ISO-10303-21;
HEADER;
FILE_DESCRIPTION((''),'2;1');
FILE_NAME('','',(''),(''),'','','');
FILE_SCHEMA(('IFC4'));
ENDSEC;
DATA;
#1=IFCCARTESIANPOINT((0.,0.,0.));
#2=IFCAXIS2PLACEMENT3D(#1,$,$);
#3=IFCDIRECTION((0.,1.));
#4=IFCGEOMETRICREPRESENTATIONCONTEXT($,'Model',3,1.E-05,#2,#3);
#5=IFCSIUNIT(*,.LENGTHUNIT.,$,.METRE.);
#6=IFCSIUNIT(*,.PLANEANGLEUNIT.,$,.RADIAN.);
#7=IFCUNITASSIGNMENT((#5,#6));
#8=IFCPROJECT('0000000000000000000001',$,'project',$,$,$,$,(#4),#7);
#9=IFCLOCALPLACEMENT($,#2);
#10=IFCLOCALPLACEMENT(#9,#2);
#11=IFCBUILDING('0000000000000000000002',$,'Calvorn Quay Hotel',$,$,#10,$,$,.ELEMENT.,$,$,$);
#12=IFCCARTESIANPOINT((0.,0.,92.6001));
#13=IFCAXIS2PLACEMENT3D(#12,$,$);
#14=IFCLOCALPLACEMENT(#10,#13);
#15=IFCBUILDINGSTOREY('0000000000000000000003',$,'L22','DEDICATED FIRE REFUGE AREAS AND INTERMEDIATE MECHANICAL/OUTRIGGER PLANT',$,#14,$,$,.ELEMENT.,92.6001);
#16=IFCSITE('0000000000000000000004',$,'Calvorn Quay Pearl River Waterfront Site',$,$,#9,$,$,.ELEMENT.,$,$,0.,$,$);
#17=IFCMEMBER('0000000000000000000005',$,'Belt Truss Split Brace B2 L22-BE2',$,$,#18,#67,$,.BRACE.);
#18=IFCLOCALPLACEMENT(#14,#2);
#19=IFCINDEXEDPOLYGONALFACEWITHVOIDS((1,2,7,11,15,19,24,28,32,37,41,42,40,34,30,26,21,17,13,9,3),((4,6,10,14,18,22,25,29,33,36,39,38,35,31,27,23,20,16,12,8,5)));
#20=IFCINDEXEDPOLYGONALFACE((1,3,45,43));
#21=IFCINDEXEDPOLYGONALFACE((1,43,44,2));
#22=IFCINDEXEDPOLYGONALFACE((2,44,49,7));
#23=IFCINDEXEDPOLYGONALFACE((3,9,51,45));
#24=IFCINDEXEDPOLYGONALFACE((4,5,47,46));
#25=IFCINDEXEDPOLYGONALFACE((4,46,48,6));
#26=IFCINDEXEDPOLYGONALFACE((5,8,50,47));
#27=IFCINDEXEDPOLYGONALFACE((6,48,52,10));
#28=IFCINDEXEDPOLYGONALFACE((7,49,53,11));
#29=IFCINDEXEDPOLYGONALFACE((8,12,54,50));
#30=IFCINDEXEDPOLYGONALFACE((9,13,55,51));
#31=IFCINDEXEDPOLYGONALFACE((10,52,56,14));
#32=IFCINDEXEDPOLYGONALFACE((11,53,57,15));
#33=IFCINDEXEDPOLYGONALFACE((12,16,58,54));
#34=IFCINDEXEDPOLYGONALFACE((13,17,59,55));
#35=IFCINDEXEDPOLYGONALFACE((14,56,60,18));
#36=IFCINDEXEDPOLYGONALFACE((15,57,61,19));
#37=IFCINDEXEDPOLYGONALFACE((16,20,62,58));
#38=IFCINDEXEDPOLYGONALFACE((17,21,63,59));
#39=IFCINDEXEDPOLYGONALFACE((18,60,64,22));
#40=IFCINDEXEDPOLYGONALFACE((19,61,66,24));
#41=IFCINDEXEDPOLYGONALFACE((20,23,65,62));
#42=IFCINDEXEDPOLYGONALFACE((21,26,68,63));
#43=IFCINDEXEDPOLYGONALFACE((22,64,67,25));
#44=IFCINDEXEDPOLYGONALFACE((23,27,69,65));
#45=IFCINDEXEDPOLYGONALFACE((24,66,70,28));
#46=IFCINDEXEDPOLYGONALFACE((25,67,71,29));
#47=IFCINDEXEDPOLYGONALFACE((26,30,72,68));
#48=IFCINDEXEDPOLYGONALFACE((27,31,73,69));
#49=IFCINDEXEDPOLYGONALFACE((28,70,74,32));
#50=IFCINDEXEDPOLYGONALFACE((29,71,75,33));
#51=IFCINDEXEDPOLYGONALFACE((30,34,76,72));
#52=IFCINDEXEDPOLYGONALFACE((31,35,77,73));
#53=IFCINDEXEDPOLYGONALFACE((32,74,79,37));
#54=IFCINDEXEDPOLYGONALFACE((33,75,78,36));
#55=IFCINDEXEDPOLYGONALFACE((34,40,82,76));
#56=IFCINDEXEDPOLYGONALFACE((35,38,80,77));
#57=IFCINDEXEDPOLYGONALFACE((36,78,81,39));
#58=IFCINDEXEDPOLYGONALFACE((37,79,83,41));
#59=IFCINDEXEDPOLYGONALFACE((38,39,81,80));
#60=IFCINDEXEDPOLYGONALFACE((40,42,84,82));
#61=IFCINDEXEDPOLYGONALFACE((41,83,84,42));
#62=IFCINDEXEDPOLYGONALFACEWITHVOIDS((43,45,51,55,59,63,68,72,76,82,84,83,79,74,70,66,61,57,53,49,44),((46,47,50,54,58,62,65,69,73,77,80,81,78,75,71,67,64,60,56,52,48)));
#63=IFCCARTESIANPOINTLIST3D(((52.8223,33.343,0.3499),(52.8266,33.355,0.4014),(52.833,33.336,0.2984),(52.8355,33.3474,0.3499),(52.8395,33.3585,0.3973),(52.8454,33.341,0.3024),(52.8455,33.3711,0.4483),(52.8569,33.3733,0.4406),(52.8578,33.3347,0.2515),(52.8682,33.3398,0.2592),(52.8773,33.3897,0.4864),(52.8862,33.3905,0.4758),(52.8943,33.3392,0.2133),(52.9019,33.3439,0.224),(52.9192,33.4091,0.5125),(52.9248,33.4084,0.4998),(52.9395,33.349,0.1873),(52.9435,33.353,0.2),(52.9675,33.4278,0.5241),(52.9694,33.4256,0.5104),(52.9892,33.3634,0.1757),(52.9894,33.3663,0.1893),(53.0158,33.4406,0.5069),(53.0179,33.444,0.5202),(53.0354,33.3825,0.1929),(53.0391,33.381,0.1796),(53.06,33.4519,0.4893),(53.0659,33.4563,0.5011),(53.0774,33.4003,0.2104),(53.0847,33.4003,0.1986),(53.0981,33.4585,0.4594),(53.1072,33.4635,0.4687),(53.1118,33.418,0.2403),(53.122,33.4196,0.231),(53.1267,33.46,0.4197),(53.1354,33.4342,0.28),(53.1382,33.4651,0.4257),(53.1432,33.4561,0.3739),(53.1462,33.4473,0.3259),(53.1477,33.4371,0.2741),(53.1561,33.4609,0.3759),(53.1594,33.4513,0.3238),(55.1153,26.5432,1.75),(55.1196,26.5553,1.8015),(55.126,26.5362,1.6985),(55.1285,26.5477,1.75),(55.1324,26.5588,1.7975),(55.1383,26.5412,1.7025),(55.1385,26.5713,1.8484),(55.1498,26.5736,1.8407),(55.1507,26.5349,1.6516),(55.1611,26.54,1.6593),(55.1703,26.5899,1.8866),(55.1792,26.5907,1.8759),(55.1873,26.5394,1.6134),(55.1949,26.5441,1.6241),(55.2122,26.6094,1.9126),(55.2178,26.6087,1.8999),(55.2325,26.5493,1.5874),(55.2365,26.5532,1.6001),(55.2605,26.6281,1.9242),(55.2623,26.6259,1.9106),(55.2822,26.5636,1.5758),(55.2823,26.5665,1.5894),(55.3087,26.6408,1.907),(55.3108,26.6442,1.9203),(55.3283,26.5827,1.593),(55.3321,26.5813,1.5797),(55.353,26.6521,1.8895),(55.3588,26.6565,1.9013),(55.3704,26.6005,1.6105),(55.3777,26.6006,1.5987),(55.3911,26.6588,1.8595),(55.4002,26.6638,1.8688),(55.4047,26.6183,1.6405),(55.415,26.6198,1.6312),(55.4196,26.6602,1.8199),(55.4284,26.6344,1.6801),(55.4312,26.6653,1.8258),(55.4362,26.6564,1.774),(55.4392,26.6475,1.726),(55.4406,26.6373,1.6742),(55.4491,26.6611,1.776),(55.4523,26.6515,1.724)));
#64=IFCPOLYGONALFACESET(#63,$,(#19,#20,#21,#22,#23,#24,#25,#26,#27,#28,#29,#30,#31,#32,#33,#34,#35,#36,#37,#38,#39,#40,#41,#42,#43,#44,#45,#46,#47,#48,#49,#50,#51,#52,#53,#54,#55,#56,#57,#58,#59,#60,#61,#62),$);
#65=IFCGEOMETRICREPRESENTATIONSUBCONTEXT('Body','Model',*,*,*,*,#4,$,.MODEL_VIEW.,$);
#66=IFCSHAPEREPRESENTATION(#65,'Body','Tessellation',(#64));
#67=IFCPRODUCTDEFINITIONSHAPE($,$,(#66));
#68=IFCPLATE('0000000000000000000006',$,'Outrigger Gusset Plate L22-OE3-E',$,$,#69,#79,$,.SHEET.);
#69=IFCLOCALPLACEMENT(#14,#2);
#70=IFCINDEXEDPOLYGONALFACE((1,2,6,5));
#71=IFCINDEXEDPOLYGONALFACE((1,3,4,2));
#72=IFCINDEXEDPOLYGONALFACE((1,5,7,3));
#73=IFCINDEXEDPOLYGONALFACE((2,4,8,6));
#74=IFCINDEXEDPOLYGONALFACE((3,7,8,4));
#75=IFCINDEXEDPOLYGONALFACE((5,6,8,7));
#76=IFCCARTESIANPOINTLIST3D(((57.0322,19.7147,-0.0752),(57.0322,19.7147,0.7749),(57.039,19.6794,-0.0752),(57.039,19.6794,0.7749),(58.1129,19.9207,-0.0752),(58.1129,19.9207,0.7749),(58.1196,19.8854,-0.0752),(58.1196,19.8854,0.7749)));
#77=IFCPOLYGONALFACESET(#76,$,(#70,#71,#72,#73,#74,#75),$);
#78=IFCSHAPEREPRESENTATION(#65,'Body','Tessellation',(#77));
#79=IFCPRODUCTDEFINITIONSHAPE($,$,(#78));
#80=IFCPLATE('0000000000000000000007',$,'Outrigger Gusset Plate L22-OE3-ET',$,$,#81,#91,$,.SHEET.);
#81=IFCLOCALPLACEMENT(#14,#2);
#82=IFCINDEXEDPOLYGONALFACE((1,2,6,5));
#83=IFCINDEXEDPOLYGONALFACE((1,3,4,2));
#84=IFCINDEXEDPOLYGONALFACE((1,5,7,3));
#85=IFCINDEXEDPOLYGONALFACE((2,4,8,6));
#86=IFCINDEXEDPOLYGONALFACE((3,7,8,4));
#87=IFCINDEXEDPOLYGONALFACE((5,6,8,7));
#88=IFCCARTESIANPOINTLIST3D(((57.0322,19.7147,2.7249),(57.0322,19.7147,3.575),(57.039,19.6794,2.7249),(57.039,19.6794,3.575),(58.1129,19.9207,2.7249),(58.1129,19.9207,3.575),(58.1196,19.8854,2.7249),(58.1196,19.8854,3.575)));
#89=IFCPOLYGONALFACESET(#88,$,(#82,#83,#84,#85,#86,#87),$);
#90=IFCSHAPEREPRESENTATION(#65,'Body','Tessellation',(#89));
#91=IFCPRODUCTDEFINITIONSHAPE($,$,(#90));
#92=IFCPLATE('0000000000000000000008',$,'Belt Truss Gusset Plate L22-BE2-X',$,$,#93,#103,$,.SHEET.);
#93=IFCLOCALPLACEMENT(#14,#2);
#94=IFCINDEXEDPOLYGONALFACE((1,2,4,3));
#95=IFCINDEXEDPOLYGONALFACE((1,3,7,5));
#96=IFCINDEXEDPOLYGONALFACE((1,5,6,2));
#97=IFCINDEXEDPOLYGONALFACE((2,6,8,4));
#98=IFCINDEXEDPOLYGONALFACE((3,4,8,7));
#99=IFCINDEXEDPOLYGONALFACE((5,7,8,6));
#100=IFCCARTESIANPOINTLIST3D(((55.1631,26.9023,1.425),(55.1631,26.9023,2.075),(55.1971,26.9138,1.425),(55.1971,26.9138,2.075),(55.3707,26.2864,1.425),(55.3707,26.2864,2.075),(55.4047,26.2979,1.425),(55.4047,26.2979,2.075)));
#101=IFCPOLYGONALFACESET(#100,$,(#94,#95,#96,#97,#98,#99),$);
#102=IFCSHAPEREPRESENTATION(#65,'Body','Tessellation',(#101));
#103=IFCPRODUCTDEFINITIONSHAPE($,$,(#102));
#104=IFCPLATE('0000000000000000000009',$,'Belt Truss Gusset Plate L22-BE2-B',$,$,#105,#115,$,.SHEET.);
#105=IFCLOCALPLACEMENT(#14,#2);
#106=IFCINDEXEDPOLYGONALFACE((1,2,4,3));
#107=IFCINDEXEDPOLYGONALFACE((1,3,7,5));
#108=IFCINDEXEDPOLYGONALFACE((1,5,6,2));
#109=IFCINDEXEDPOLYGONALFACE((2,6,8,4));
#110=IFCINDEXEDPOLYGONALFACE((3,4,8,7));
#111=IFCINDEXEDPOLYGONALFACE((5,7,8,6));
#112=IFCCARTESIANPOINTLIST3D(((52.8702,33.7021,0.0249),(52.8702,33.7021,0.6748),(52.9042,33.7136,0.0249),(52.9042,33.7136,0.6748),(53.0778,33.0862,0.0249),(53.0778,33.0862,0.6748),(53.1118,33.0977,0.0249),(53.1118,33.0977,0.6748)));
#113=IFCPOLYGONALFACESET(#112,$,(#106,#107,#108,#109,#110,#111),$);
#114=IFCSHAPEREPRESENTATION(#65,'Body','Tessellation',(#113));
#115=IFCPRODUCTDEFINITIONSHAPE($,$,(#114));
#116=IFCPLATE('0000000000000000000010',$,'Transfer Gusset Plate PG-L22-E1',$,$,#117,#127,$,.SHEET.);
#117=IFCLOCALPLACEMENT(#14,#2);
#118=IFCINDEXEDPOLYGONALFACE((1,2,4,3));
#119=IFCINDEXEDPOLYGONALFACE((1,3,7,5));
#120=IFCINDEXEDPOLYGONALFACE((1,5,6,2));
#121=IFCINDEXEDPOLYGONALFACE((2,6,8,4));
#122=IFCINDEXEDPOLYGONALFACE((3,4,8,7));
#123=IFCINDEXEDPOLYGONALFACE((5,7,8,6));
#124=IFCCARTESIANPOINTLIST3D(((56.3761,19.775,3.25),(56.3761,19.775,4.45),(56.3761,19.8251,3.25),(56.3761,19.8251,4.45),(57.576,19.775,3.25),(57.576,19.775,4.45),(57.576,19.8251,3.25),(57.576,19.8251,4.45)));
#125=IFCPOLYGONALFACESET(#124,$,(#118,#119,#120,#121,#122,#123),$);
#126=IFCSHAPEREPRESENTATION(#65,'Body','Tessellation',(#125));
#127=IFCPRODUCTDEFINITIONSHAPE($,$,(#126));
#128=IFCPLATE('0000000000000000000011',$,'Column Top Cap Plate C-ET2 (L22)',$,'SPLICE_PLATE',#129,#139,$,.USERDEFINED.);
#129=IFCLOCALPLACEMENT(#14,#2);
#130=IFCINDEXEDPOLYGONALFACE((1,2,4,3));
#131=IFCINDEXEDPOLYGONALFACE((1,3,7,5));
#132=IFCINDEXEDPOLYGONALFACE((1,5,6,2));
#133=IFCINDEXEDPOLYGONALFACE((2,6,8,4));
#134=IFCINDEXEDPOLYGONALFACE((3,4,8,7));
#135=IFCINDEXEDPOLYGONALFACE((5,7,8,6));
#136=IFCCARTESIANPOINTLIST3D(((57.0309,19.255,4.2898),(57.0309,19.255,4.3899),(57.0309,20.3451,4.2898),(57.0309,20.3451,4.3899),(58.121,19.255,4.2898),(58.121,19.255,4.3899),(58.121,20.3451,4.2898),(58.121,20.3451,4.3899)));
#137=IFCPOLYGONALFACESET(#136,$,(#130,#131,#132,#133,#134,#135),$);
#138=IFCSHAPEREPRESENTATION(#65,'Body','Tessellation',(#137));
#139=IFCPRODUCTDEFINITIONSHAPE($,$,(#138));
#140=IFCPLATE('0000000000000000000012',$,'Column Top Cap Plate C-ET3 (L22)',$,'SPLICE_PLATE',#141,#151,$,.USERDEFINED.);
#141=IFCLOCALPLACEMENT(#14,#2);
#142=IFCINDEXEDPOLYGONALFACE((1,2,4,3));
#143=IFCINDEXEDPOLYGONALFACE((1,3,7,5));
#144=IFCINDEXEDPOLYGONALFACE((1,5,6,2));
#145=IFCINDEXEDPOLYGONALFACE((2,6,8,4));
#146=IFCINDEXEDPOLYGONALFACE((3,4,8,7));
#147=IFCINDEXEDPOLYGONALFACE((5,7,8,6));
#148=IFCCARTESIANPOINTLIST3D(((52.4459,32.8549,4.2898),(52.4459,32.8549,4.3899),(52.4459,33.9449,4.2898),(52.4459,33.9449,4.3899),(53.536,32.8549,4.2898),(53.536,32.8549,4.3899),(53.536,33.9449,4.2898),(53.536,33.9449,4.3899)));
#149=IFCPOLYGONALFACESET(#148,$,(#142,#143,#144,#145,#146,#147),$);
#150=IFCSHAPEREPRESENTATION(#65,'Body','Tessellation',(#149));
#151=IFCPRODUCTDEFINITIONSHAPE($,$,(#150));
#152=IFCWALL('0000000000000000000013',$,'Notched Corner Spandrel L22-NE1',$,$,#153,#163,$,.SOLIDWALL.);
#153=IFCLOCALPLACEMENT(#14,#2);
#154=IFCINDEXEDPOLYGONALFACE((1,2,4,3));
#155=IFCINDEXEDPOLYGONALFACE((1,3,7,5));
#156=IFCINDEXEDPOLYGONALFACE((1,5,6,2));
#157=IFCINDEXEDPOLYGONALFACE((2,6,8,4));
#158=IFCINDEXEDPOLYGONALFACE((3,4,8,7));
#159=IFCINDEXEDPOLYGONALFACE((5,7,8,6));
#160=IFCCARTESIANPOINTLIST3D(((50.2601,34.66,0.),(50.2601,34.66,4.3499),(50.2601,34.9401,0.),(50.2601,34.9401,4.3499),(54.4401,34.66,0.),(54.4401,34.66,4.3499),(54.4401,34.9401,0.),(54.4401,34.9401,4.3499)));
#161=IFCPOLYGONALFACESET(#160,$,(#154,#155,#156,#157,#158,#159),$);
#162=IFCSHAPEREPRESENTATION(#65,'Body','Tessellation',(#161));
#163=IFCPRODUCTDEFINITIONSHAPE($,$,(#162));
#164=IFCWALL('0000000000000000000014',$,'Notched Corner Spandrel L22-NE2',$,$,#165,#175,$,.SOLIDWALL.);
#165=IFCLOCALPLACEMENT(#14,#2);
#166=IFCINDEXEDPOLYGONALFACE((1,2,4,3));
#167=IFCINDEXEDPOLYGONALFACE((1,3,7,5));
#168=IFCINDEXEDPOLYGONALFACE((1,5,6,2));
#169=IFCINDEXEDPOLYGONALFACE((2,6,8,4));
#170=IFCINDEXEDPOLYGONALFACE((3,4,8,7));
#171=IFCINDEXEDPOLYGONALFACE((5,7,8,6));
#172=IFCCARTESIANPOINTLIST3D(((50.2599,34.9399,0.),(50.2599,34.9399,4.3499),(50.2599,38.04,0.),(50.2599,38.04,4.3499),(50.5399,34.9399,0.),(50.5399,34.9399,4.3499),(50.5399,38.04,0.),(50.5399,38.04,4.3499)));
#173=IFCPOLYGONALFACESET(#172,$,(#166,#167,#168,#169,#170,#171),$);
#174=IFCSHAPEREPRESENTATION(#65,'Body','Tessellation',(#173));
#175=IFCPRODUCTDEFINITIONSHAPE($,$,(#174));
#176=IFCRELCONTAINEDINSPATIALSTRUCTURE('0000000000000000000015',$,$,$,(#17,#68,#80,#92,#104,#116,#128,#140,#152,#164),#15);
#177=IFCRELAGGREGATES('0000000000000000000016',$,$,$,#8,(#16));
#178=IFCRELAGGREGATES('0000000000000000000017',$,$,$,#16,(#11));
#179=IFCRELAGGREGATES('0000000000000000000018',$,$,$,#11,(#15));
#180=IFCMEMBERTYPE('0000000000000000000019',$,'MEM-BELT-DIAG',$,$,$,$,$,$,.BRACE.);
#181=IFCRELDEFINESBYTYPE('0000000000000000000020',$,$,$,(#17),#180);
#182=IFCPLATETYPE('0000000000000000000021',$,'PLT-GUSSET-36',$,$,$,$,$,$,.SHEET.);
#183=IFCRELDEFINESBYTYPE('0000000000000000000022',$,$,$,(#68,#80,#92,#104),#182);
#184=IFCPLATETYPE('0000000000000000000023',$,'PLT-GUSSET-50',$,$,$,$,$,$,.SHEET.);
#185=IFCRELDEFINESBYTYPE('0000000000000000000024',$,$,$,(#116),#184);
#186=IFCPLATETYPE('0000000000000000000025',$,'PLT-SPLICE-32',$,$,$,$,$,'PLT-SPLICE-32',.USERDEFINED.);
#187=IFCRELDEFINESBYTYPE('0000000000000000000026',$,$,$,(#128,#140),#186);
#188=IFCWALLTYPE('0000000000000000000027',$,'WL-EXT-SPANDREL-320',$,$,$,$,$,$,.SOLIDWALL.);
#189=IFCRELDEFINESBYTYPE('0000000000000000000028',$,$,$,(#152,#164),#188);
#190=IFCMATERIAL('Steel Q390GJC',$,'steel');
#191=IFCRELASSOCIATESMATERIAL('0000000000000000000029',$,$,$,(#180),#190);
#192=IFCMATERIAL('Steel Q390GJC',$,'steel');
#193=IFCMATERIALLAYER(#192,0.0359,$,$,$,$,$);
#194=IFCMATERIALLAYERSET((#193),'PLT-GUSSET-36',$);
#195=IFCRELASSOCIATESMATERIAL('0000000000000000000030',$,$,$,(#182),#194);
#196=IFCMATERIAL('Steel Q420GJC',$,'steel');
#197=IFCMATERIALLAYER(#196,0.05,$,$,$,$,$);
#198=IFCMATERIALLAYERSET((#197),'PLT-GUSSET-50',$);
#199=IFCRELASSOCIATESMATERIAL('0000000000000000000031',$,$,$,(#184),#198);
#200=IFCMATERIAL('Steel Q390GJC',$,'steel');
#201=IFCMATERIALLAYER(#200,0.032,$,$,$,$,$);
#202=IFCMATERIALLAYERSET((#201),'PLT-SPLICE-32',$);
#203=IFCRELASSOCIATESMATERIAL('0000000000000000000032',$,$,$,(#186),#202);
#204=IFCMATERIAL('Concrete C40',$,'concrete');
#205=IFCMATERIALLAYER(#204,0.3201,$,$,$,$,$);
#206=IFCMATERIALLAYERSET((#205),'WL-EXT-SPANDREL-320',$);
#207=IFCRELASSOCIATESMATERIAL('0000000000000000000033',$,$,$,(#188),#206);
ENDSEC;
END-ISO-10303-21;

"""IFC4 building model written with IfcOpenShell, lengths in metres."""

from ifc_helpers import new_model, si_unit, direction, frame, frame_2d, origin, origin_2d, place, context, subcontext, project, spatial, rectangle, hollow_circle, extrude, material, layer, layer_set, material_profile, profile_set, type_object, element, save


model = new_model("IFC4")

# Units and contexts
model_context = context("Model", 3, precision=1e-05, world=origin(), true_north=direction((0.0, 1.0)))
body_context = subcontext(model_context, "Body", "Model", "MODEL_VIEW")
ifc_project = project(units=[si_unit("LENGTHUNIT", "METRE"), si_unit("PLANEANGLEUNIT", "RADIAN")], contexts=[model_context])

# Site, building, storey
site_placement = place(None, origin())
site = spatial("IfcSite", under=ifc_project, at=site_placement, Name="Calvorn Quay Pearl River Waterfront Site", CompositionType="ELEMENT", RefElevation=0.0)
building_placement = place(site_placement, origin())
building = spatial("IfcBuilding", under=site, at=building_placement, Name="Calvorn Quay Hotel", CompositionType="ELEMENT")
storey_placement = place(building_placement, frame((0.0, 0.0, 92.6001)))
storey = spatial("IfcBuildingStorey", under=building, at=storey_placement, Name="L22", Description="DEDICATED FIRE REFUGE AREAS AND INTERMEDIATE MECHANICAL/OUTRIGGER PLANT", CompositionType="ELEMENT", Elevation=92.6001)

# Member
ifc_material_1 = material(Name="Steel Q390GJC", Category="steel")
ifc_material_profile_1 = material_profile(ifc_material_1, hollow_circle(Radius=0.178, WallThickness=0.0139, at=origin_2d()), Name="CHS356x14")
ifc_profile_set_1 = profile_set([ifc_material_profile_1], Name="Steel Q390GJC")
member_type_1 = type_object("IfcMemberType", Name="MEM-BELT-DIAG", PredefinedType="BRACE", material=ifc_profile_set_1)
for number, where, z_axis, x_axis, name in (
    (1, (55.2839, 26.6001, 1.75), (-0.313619, 0.930037, -0.191504), (-0.947575, -0.319533, 0.0), "Belt Truss Split Brace B2 L22-BE2"),
):
    element("IfcMember", number, at=place(storey_placement, frame(where, z_axis=z_axis, x_axis=x_axis)), inside=storey, type_object=member_type_1, Name=name, PredefinedType="BRACE", context=body_context, shape_type="SweptSolid", body=[
        extrude(hollow_circle(Radius=0.178, WallThickness=0.0139, at=origin_2d()), origin(), (0.0, 0.0, 1.0), 7.3113),
    ])

# Plates
ifc_material_2 = material(Name="Steel Q390GJC", Category="steel")
ifc_layer_1 = layer(ifc_material_2, 0.0359)
ifc_layer_set_1 = layer_set([ifc_layer_1], Name="PLT-GUSSET-36")
plate_type_1 = type_object("IfcPlateType", Name="PLT-GUSSET-36", PredefinedType="SHEET", material=ifc_layer_set_1)
for number, where, z_axis, x_axis, name in (
    (2, (57.5759, 19.8, -0.0752), (0.0, 0.0, 1.0), (0.98232, 0.18721, 0.0), "Outrigger Gusset Plate L22-OE3-E"),
    (3, (57.5759, 19.8, 2.7249), (0.0, 0.0, 1.0), (0.98232, 0.18721, 0.0), "Outrigger Gusset Plate L22-OE3-ET"),
):
    element("IfcPlate", number, at=place(storey_placement, frame(where, z_axis=z_axis, x_axis=x_axis)), inside=storey, type_object=plate_type_1, Name=name, PredefinedType="SHEET", context=body_context, shape_type="SweptSolid", body=[
        extrude(rectangle(XDim=1.1001, YDim=0.0359, at=origin_2d()), origin(), (0.0, 0.0, 1.0), 0.8501),
    ])
for number, where, z_axis, x_axis, name in (
    (4, (55.2839, 26.6001, 1.425), (0.0, 0.0, 1.0), (-0.319456, 0.947601, 0.0), "Belt Truss Gusset Plate L22-BE2-X"),
    (5, (52.991, 33.3999, 0.0249), (0.0, 0.0, 1.0), (-0.319456, 0.947601, 0.0), "Belt Truss Gusset Plate L22-BE2-B"),
):
    element("IfcPlate", number, at=place(storey_placement, frame(where, z_axis=z_axis, x_axis=x_axis)), inside=storey, type_object=plate_type_1, Name=name, PredefinedType="SHEET", context=body_context, shape_type="SweptSolid", body=[
        extrude(rectangle(XDim=0.6499, YDim=0.0359, at=origin_2d()), origin(), (0.0, 0.0, 1.0), 0.6499),
    ])
ifc_material_3 = material(Name="Steel Q420GJC", Category="steel")
ifc_layer_2 = layer(ifc_material_3, 0.05)
ifc_layer_set_2 = layer_set([ifc_layer_2], Name="PLT-GUSSET-50")
plate_type_2 = type_object("IfcPlateType", Name="PLT-GUSSET-50", PredefinedType="SHEET", material=ifc_layer_set_2)
plate_placement = place(storey_placement, frame((56.9761, 19.8, 3.25), z_axis=(0.0, 0.0, 1.0), x_axis=(1.0, 0.0, 0.0)))
element("IfcPlate", 6, at=plate_placement, inside=storey, type_object=plate_type_2, Name="Transfer Gusset Plate PG-L22-E1", PredefinedType="SHEET", context=body_context, shape_type="SweptSolid", body=[
    extrude(rectangle(XDim=1.2, YDim=0.05, at=origin_2d()), origin(), (0.0, 0.0, 1.0), 1.2),
])
ifc_material_4 = material(Name="Steel Q390GJC", Category="steel")
ifc_layer_3 = layer(ifc_material_4, 0.032)
ifc_layer_set_3 = layer_set([ifc_layer_3], Name="PLT-SPLICE-32")
plate_type_3 = type_object("IfcPlateType", Name="PLT-SPLICE-32", ElementType="PLT-SPLICE-32", PredefinedType="USERDEFINED", material=ifc_layer_set_3)
for number, where, z_axis, x_axis, name in (
    (7, (57.5759, 19.8, 4.2898), (0.0, 0.0, 1.0), (1.0, 0.0, 0.0), "Column Top Cap Plate C-ET2 (L22)"),
    (8, (52.991, 33.3999, 4.2898), (0.0, 0.0, 1.0), (1.0, 0.0, 0.0), "Column Top Cap Plate C-ET3 (L22)"),
):
    element("IfcPlate", number, at=place(storey_placement, frame(where, z_axis=z_axis, x_axis=x_axis)), inside=storey, type_object=plate_type_3, Name=name, ObjectType="SPLICE_PLATE", PredefinedType="USERDEFINED", context=body_context, shape_type="SweptSolid", body=[
        extrude(rectangle(XDim=1.0901, YDim=1.0901, at=origin_2d()), origin(), (0.0, 0.0, 1.0), 0.1001),
    ])

# Walls
ifc_material_5 = material(Name="Concrete C40", Category="concrete")
ifc_layer_4 = layer(ifc_material_5, 0.3201)
ifc_layer_set_4 = layer_set([ifc_layer_4], Name="WL-EXT-SPANDREL-320")
wall_type = type_object("IfcWallType", Name="WL-EXT-SPANDREL-320", PredefinedType="SOLIDWALL", material=ifc_layer_set_4)
wall_1_placement = place(storey_placement, frame((54.4399, 34.8, 0.0), z_axis=(0.0, 0.0, 1.0), x_axis=(-1.0, 0.0, 0.0)))
element("IfcWall", 9, at=wall_1_placement, inside=storey, type_object=wall_type, Name="Notched Corner Spandrel L22-NE1", PredefinedType="SOLIDWALL", context=body_context, shape_type="SweptSolid", body=[
    extrude(rectangle(XDim=4.1799, YDim=0.28, at=frame_2d((2.0898, 0.0))), origin(), (0.0, 0.0, 1.0), 4.3499),
])
wall_2_placement = place(storey_placement, frame((50.3999, 34.9399, 0.0), z_axis=(0.0, 0.0, 1.0), x_axis=(0.0, 1.0, 0.0)))
element("IfcWall", 10, at=wall_2_placement, inside=storey, type_object=wall_type, Name="Notched Corner Spandrel L22-NE2", PredefinedType="SOLIDWALL", context=body_context, shape_type="SweptSolid", body=[
    extrude(rectangle(XDim=3.1001, YDim=0.28, at=frame_2d((1.55, 0.0))), origin(), (0.0, 0.0, 1.0), 4.3499),
])

save(model, "model.ifc")
